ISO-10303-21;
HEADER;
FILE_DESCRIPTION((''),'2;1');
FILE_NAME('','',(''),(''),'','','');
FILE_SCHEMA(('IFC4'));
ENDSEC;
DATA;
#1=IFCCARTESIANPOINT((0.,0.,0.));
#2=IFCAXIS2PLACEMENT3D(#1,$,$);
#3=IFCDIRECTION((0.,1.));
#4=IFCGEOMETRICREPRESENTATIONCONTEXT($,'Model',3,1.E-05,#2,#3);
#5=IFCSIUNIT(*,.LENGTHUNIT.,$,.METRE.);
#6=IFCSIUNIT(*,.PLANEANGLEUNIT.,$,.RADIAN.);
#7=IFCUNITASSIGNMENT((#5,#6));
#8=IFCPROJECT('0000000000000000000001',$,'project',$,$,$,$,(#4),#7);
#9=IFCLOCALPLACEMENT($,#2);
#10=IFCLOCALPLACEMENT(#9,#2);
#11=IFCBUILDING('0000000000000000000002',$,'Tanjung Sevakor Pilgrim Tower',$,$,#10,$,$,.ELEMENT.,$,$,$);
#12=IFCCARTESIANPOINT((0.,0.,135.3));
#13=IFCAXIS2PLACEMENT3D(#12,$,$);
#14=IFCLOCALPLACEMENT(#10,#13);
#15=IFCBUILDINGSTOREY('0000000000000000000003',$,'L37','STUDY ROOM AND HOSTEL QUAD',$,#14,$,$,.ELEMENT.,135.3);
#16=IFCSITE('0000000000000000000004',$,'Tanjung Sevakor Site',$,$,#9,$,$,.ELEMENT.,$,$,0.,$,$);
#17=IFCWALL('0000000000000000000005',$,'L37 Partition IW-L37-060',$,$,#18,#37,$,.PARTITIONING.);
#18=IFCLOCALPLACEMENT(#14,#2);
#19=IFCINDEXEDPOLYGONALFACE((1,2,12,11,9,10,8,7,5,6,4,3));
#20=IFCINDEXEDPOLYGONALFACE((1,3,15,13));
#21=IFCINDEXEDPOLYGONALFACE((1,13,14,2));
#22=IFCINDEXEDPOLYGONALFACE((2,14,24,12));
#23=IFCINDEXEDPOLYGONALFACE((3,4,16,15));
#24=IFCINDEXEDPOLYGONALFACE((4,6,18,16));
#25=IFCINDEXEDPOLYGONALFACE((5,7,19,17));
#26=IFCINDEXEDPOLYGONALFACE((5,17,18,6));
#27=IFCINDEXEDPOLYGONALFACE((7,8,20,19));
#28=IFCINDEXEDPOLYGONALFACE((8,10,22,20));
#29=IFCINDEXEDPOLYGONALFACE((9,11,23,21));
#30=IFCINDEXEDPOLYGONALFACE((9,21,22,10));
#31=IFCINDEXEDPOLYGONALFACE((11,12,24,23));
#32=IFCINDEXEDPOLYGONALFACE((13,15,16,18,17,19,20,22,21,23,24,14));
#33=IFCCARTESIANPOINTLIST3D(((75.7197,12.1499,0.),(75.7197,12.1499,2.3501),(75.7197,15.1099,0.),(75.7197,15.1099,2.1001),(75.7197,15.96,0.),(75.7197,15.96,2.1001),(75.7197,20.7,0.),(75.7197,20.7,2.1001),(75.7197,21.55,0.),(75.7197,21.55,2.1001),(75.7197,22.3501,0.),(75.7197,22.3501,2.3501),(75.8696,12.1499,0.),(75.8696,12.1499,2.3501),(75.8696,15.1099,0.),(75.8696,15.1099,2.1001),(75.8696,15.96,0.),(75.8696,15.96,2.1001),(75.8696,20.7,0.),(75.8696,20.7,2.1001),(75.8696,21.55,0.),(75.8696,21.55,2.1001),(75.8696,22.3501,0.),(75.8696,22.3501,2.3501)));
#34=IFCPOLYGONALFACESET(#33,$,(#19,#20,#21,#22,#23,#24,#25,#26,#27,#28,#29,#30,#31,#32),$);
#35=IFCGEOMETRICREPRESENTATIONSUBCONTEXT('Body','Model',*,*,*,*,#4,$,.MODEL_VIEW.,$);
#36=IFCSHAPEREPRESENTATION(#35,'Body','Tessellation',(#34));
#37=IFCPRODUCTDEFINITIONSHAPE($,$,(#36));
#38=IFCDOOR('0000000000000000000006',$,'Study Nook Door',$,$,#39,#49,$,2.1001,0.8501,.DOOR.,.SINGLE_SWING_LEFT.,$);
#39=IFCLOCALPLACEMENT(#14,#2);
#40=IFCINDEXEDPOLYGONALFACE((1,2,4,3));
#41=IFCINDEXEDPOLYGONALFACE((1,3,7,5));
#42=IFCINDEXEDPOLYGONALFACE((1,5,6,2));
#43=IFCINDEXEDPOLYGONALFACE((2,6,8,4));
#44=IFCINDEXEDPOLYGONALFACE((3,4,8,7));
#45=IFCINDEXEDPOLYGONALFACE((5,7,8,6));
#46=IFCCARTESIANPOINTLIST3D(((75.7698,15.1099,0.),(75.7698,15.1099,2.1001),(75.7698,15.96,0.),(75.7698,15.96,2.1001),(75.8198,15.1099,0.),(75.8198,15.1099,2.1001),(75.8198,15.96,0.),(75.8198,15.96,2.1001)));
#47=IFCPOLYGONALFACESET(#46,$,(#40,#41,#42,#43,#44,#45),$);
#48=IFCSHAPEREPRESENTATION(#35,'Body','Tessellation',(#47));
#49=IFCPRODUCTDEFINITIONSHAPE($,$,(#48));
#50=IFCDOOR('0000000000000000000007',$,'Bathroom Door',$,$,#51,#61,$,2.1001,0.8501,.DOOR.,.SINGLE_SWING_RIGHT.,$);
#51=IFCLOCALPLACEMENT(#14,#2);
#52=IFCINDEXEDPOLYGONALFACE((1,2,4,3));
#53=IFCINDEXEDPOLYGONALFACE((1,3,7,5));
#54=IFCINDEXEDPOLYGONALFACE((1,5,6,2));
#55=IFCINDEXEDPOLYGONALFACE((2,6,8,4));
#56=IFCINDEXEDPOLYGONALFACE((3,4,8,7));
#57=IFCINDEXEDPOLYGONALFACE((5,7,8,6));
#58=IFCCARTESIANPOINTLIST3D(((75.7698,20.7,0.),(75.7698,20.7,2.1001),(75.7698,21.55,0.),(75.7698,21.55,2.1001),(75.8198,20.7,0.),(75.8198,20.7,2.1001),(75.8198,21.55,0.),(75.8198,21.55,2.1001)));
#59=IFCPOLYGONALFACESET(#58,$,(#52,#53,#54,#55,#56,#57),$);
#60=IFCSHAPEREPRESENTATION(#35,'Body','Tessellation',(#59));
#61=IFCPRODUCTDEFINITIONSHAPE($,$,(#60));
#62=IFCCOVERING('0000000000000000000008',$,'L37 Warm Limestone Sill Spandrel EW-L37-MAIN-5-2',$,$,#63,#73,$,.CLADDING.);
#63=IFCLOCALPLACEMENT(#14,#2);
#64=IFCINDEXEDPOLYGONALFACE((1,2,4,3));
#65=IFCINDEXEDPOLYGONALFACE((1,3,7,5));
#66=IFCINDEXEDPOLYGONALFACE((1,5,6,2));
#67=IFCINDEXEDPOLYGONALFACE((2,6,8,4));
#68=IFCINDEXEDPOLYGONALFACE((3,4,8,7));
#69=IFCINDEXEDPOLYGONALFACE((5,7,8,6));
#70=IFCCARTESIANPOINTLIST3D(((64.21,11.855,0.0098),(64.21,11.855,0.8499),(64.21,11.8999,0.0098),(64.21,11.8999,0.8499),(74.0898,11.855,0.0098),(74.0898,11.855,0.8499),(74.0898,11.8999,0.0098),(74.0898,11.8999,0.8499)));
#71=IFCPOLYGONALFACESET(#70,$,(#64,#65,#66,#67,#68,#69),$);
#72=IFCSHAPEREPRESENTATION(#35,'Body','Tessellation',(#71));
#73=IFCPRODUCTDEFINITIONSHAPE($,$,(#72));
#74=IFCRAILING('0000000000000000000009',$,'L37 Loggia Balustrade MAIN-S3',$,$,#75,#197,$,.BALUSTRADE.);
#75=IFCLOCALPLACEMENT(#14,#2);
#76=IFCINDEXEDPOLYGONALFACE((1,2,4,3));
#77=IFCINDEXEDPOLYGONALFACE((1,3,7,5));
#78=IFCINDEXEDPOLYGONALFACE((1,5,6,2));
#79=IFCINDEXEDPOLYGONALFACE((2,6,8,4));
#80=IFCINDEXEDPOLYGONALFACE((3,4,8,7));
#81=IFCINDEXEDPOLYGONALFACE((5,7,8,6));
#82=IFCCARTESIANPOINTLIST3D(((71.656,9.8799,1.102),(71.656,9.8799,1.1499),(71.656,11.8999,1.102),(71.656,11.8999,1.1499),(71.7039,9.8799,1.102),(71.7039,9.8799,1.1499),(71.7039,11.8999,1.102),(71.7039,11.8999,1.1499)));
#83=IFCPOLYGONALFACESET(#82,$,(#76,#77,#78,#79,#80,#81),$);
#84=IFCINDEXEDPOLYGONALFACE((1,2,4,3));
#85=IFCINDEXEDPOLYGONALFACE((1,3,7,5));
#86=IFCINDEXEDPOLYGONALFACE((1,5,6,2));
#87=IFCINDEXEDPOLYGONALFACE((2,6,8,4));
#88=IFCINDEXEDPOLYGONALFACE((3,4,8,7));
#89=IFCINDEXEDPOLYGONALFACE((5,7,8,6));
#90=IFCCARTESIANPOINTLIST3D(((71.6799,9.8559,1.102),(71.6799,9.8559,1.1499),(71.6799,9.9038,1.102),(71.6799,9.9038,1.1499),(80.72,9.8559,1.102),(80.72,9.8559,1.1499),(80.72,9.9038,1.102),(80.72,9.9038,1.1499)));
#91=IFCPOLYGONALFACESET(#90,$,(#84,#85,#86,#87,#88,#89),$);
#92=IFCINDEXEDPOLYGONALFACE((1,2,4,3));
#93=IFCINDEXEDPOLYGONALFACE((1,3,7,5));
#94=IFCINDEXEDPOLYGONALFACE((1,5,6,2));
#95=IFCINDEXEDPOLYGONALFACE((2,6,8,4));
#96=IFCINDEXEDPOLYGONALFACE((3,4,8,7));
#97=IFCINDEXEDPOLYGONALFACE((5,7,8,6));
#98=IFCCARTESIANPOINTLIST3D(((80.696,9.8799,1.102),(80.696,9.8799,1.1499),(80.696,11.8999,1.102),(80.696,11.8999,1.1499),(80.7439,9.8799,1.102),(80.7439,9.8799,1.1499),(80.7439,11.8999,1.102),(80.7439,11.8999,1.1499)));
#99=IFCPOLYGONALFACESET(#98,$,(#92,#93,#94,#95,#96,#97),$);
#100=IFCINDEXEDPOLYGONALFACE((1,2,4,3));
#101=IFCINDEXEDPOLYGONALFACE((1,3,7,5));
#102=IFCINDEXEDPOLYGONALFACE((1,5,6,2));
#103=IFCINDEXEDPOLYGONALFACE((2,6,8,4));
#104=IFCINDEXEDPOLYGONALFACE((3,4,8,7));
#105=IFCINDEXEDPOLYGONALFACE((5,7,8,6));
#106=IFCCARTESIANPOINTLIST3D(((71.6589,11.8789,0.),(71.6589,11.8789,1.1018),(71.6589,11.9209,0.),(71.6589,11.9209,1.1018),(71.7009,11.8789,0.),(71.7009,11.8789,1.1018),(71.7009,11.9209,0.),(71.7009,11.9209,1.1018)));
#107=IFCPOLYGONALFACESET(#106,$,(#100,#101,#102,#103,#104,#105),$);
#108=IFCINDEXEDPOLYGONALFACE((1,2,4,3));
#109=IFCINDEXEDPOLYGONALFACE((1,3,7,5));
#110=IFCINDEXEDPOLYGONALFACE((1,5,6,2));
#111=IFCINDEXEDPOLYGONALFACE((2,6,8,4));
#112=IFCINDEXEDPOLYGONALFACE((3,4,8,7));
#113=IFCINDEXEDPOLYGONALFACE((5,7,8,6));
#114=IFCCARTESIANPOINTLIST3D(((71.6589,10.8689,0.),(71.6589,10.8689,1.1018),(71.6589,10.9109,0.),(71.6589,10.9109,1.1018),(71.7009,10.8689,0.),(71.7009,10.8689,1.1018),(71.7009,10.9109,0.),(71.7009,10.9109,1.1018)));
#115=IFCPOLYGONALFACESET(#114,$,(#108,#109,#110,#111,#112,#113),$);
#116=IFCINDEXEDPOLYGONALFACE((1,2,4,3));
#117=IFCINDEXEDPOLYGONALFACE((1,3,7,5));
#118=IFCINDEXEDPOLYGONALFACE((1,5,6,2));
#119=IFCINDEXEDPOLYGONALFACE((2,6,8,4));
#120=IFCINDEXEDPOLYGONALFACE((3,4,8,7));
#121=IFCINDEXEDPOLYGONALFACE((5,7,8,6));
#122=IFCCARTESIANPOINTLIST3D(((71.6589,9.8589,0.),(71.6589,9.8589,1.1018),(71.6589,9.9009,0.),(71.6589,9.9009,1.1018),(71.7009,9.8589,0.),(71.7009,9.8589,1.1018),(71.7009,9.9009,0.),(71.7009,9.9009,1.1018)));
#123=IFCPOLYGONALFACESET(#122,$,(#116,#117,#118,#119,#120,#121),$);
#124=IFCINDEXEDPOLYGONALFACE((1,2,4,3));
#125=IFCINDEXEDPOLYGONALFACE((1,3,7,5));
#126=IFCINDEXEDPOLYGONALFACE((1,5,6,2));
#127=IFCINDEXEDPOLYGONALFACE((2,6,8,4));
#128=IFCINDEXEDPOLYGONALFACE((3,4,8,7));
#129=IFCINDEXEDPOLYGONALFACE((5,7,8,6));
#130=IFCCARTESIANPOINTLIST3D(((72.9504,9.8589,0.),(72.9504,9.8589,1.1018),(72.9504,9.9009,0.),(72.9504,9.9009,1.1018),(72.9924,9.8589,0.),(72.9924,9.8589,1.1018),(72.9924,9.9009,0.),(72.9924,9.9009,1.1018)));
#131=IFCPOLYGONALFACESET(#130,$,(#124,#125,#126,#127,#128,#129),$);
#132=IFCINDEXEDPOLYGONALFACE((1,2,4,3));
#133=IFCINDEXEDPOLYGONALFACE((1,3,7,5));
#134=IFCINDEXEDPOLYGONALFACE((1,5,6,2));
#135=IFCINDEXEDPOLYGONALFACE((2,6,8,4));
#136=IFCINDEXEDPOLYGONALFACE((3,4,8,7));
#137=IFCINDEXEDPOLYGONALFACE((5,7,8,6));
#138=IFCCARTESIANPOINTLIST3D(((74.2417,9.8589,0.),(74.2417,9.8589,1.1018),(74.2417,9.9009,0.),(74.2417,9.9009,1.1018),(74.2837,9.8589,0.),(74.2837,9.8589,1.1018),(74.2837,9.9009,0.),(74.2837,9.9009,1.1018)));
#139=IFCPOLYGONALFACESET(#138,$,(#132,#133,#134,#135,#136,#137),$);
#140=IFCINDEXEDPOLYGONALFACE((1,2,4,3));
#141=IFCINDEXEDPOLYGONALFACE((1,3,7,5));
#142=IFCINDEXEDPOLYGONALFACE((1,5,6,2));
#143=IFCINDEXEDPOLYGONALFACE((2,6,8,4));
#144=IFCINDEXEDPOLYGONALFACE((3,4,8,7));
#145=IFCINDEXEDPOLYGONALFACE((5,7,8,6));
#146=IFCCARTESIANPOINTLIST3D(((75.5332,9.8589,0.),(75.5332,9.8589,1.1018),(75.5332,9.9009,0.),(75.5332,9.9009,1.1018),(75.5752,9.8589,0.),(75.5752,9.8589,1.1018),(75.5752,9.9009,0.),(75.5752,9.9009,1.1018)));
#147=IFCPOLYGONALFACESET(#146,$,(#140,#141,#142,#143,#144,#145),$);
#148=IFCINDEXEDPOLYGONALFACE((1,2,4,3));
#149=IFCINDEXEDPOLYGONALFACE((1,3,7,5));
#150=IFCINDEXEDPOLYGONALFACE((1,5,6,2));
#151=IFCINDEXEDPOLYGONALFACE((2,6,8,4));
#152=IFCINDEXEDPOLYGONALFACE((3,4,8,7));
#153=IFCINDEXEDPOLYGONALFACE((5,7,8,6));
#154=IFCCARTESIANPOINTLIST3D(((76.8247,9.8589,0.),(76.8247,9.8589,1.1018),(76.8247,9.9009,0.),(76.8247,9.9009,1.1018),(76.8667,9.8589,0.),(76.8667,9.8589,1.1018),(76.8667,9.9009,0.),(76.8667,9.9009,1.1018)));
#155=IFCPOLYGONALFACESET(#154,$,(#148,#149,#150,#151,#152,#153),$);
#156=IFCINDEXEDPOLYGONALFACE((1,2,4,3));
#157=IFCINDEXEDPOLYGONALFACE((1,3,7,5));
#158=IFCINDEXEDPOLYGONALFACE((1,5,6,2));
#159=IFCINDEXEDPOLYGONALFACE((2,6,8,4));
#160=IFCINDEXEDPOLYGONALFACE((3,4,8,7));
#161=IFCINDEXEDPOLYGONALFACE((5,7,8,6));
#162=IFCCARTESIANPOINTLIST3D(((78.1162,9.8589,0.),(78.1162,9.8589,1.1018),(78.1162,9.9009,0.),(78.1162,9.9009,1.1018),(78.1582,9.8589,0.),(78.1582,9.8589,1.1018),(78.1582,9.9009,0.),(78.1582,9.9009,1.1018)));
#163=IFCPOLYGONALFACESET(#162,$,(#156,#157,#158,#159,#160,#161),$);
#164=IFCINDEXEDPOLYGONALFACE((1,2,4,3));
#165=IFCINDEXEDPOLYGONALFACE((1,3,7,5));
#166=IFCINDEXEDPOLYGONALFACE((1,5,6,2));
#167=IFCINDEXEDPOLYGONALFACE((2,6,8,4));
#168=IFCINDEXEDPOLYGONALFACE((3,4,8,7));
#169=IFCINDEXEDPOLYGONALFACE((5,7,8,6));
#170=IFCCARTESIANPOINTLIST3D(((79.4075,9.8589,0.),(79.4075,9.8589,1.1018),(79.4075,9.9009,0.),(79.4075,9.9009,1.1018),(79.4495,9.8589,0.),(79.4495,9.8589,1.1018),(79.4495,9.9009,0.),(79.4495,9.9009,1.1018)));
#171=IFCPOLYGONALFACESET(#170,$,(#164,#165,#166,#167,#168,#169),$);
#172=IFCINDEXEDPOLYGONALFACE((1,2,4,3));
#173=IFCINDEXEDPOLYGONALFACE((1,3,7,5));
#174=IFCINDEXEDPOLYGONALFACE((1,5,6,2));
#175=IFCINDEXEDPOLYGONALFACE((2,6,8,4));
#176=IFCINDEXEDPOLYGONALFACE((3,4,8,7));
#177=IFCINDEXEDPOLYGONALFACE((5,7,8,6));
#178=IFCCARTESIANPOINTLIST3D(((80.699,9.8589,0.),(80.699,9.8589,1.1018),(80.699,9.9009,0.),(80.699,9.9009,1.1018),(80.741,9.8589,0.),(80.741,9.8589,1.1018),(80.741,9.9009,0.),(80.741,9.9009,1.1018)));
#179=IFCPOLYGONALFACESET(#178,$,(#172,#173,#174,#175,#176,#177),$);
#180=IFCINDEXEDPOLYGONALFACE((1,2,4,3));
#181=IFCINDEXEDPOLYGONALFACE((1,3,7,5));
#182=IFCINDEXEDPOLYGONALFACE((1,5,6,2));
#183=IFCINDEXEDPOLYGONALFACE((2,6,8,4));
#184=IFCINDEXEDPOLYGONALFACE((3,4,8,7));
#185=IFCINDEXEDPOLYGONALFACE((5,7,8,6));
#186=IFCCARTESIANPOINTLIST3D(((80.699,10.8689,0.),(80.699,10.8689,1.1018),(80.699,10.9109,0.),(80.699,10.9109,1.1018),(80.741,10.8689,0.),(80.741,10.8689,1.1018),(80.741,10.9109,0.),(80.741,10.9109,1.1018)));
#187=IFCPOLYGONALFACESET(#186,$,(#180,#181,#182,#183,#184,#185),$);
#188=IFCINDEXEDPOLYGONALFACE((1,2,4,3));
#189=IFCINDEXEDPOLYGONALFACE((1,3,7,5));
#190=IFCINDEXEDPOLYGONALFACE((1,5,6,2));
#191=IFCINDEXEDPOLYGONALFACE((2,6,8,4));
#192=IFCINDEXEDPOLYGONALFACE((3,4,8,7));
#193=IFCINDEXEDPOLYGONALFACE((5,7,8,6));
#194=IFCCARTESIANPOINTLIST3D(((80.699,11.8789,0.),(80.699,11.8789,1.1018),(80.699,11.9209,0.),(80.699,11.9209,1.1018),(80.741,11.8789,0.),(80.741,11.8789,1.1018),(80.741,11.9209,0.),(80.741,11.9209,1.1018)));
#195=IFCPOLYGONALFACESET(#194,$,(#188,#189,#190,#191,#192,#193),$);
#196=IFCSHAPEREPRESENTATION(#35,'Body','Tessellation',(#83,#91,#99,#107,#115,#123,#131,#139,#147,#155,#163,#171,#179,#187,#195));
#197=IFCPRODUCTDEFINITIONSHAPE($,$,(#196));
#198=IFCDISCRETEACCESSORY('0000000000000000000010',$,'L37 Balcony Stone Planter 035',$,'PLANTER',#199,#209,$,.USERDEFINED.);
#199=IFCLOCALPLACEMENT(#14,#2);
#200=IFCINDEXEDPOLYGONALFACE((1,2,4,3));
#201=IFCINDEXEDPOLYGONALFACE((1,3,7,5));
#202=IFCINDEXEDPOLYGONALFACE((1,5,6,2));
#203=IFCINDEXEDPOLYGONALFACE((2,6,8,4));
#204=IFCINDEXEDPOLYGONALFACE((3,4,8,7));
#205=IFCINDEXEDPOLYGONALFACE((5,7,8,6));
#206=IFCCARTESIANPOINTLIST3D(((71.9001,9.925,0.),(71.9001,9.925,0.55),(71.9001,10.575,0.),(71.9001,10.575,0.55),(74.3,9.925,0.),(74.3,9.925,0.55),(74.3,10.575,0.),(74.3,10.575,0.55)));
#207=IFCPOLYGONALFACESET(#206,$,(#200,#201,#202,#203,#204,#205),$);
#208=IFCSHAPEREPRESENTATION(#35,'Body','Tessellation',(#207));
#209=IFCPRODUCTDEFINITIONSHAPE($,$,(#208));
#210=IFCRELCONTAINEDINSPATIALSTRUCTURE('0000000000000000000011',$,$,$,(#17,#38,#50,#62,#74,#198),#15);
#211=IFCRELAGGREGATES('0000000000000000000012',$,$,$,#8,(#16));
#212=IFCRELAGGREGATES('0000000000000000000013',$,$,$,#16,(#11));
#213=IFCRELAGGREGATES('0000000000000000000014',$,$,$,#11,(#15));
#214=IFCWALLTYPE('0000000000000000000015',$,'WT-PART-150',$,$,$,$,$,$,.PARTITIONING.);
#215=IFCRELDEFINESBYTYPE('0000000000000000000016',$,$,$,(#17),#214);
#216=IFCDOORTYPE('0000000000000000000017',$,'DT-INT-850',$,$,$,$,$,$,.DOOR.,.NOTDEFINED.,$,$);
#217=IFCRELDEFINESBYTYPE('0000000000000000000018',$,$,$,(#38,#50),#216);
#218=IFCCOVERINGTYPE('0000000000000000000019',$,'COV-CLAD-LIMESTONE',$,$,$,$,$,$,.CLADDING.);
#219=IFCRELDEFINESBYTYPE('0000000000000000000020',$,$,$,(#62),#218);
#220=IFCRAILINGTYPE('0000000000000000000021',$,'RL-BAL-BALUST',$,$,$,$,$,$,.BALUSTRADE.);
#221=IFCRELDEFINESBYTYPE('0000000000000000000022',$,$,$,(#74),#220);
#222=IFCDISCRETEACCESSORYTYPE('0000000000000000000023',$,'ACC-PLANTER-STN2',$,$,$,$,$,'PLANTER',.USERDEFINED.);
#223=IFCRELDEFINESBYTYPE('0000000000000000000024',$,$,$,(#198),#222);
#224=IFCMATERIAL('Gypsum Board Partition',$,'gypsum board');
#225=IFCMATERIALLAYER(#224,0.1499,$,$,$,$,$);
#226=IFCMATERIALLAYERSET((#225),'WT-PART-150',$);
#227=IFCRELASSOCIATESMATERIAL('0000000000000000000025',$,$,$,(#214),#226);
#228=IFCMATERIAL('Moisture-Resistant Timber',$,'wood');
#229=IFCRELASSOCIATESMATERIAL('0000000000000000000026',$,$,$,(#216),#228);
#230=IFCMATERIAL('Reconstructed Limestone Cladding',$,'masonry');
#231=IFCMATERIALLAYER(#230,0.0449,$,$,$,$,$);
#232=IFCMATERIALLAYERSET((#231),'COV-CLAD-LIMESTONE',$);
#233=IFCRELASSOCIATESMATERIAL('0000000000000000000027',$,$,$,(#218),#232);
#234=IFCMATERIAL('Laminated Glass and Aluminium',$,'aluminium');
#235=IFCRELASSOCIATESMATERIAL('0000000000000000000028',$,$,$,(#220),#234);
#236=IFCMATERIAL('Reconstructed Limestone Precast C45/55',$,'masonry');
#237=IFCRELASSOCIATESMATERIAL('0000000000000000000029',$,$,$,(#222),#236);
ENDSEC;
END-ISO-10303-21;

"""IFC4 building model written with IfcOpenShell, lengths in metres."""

from ifc_helpers import new_model, si_unit, direction, frame, frame_2d, origin, origin_2d, place, context, subcontext, project, spatial, rectangle, extrude, material, layer, layer_set, type_object, element, fill, save


model = new_model("IFC4")

# Units and contexts
model_context = context("Model", 3, precision=1e-05, world=origin(), true_north=direction((0.0, 1.0)))
body_context = subcontext(model_context, "Body", "Model", "MODEL_VIEW")
ifc_project = project(units=[si_unit("LENGTHUNIT", "METRE"), si_unit("PLANEANGLEUNIT", "RADIAN")], contexts=[model_context])

# Site, building, storey
site_placement = place(None, origin())
site = spatial("IfcSite", under=ifc_project, at=site_placement, Name="Tanjung Sevakor Site", CompositionType="ELEMENT", RefElevation=0.0)
building_placement = place(site_placement, origin())
building = spatial("IfcBuilding", under=site, at=building_placement, Name="Tanjung Sevakor Pilgrim Tower", CompositionType="ELEMENT")
storey_placement = place(building_placement, frame((0.0, 0.0, 135.3)))
storey = spatial("IfcBuildingStorey", under=building, at=storey_placement, Name="L37", Description="STUDY ROOM AND HOSTEL QUAD", CompositionType="ELEMENT", Elevation=135.3)

# Shared definitions
ifc_material_1 = material(Name="Gypsum Board Partition", Category="gypsum board")
ifc_layer_1 = layer(ifc_material_1, 0.1499)
ifc_layer_set_1 = layer_set([ifc_layer_1], Name="WT-PART-150")
wall_type_1 = type_object("IfcWallType", Name="WT-PART-150", PredefinedType="PARTITIONING", material=ifc_layer_set_1)

# Shared definitions
ifc_material_2 = material(Name="Moisture-Resistant Timber", Category="wood")
door_type_1 = type_object("IfcDoorType", Name="DT-INT-850", OperationType="NOTDEFINED", PredefinedType="DOOR", material=ifc_material_2)

# Wall, openings, doors
wall_1_placement = place(storey_placement, frame((75.7947, 12.1499, 0.0), z_axis=(0.0, 0.0, 1.0), x_axis=(0.0, 1.0, 0.0)))
wall_1 = element("IfcWall", 1, at=wall_1_placement, inside=storey, type_object=wall_type_1, Name="L37 Partition IW-L37-060", PredefinedType="PARTITIONING", context=body_context, shape_type="SweptSolid", body=[
    extrude(rectangle(XDim=10.2002, YDim=0.1499, at=frame_2d((5.1001, 0.0))), origin(), (0.0, 0.0, 1.0), 2.3501),
])
opening_1_placement = place(wall_1_placement, frame((2.96, 0.0, 0.0)))
opening_1 = element("IfcOpeningElement", 2, at=opening_1_placement, cuts=wall_1, PredefinedType="OPENING", context=body_context, shape_type="SweptSolid", body=[
    extrude(rectangle(XDim=0.8501, YDim=2.1001, at=frame_2d((0.425, 1.05))), frame((0.0, 0.085, 0.0), z_axis=(0.0, -1.0, 0.0), x_axis=(1.0, 0.0, 0.0)), (0.0, 0.0, 1.0), 0.1699),
])
opening_2_placement = place(wall_1_placement, frame((8.55, 0.0, 0.0)))
opening_2 = element("IfcOpeningElement", 3, at=opening_2_placement, cuts=wall_1, PredefinedType="OPENING", context=body_context, shape_type="SweptSolid", body=[
    extrude(rectangle(XDim=0.8501, YDim=2.1001, at=frame_2d((0.425, 1.05))), frame((0.0, 0.085, 0.0), z_axis=(0.0, -1.0, 0.0), x_axis=(1.0, 0.0, 0.0)), (0.0, 0.0, 1.0), 0.1699),
])
door_1_placement = place(opening_1_placement, origin())
door_1 = element("IfcDoor", 4, at=door_1_placement, inside=storey, type_object=door_type_1, Name="Study Nook Door", OperationType="SINGLE_SWING_LEFT", OverallHeight=2.1001, OverallWidth=0.8501, PredefinedType="DOOR", context=body_context, shape_type="SweptSolid", body=[
    extrude(rectangle(XDim=0.8501, YDim=2.1001, at=frame_2d((0.425, 1.05))), frame((0.0, 0.0249, 0.0), z_axis=(0.0, -1.0, 0.0), x_axis=(1.0, 0.0, 0.0)), (0.0, 0.0, 1.0), 0.05),
])
fill(opening_1, door_1)
door_2_placement = place(opening_2_placement, origin())
door_2 = element("IfcDoor", 5, at=door_2_placement, inside=storey, type_object=door_type_1, Name="Bathroom Door", OperationType="SINGLE_SWING_RIGHT", OverallHeight=2.1001, OverallWidth=0.8501, PredefinedType="DOOR", context=body_context, shape_type="SweptSolid", body=[
    extrude(rectangle(XDim=0.8501, YDim=2.1001, at=frame_2d((0.425, 1.05))), frame((0.0, 0.0249, 0.0), z_axis=(0.0, -1.0, 0.0), x_axis=(1.0, 0.0, 0.0)), (0.0, 0.0, 1.0), 0.05),
])
fill(opening_2, door_2)

# Covering
ifc_material_3 = material(Name="Reconstructed Limestone Cladding", Category="masonry")
ifc_layer_2 = layer(ifc_material_3, 0.0449)
ifc_layer_set_2 = layer_set([ifc_layer_2], Name="COV-CLAD-LIMESTONE")
covering_type = type_object("IfcCoveringType", Name="COV-CLAD-LIMESTONE", PredefinedType="CLADDING", material=ifc_layer_set_2)
covering_placement = place(storey_placement, frame((69.1499, 11.8774, 0.0098), z_axis=(0.0, 0.0, 1.0), x_axis=(1.0, 0.0, 0.0)))
element("IfcCovering", 6, at=covering_placement, inside=storey, type_object=covering_type, Name="L37 Warm Limestone Sill Spandrel EW-L37-MAIN-5-2", PredefinedType="CLADDING", context=body_context, shape_type="SweptSolid", body=[
    extrude(rectangle(XDim=9.8799, YDim=0.0449, at=origin_2d()), origin(), (0.0, 0.0, 1.0), 0.8401),
])

# Railing
ifc_material_4 = material(Name="Laminated Glass and Aluminium", Category="aluminium")
railing_type = type_object("IfcRailingType", Name="RL-BAL-BALUST", PredefinedType="BALUSTRADE", material=ifc_material_4)
railing_placement = place(storey_placement, frame((71.6799, 11.8999, 0.0)))
element("IfcRailing", 7, at=railing_placement, inside=storey, type_object=railing_type, Name="L37 Loggia Balustrade MAIN-S3", PredefinedType="BALUSTRADE", context=body_context, shape_type="SweptSolid", body=[
    extrude(rectangle(XDim=0.0479, YDim=0.0479), frame((0.0, 0.0, 1.126), z_axis=(0.0, -1.0, 0.0), x_axis=(1.0, 0.0, 0.0)), (0.0, 0.0, 1.0), 2.02),
    extrude(rectangle(XDim=0.0479, YDim=0.0479), frame((0.0, -2.02, 1.126), z_axis=(1.0, 0.0, 0.0), x_axis=(0.0, 1.0, 0.0)), (0.0, 0.0, 1.0), 9.04),
    extrude(rectangle(XDim=0.0479, YDim=0.0479), frame((9.04, -2.02, 1.126), z_axis=(0.0, 1.0, 0.0), x_axis=(-1.0, 0.0, 0.0)), (0.0, 0.0, 1.0), 2.02),
    extrude(rectangle(XDim=0.042, YDim=0.042), origin(), (0.0, 0.0, 1.0), 1.1018),
    extrude(rectangle(XDim=0.042, YDim=0.042), frame((0.0, -1.01, 0.0)), (0.0, 0.0, 1.0), 1.1018),
    extrude(rectangle(XDim=0.042, YDim=0.042), frame((0.0, -2.02, 0.0)), (0.0, 0.0, 1.0), 1.1018),
    extrude(rectangle(XDim=0.042, YDim=0.042), frame((1.2915, -2.02, 0.0)), (0.0, 0.0, 1.0), 1.1018),
    extrude(rectangle(XDim=0.042, YDim=0.042), frame((2.5828, -2.02, 0.0)), (0.0, 0.0, 1.0), 1.1018),
    extrude(rectangle(XDim=0.042, YDim=0.042), frame((3.8743, -2.02, 0.0)), (0.0, 0.0, 1.0), 1.1018),
    extrude(rectangle(XDim=0.042, YDim=0.042), frame((5.1658, -2.02, 0.0)), (0.0, 0.0, 1.0), 1.1018),
    extrude(rectangle(XDim=0.042, YDim=0.042), frame((6.4573, -2.02, 0.0)), (0.0, 0.0, 1.0), 1.1018),
    extrude(rectangle(XDim=0.042, YDim=0.042), frame((7.7485, -2.02, 0.0)), (0.0, 0.0, 1.0), 1.1018),
    extrude(rectangle(XDim=0.042, YDim=0.042), frame((9.04, -2.02, 0.0)), (0.0, 0.0, 1.0), 1.1018),
    extrude(rectangle(XDim=0.042, YDim=0.042), frame((9.04, -1.01, 0.0)), (0.0, 0.0, 1.0), 1.1018),
    extrude(rectangle(XDim=0.042, YDim=0.042), frame((9.04, 0.0, 0.0)), (0.0, 0.0, 1.0), 1.1018),
])

# Discrete accessory
ifc_material_5 = material(Name="Reconstructed Limestone Precast C45/55", Category="masonry")
discrete_accessory_type = type_object("IfcDiscreteAccessoryType", Name="ACC-PLANTER-STN2", ElementType="PLANTER", PredefinedType="USERDEFINED", material=ifc_material_5)
discrete_accessory_placement = place(storey_placement, frame((73.1001, 10.25, 0.0), z_axis=(0.0, 0.0, 1.0), x_axis=(1.0, 0.0, 0.0)))
element("IfcDiscreteAccessory", 8, at=discrete_accessory_placement, inside=storey, type_object=discrete_accessory_type, Name="L37 Balcony Stone Planter 035", ObjectType="PLANTER", PredefinedType="USERDEFINED", context=body_context, shape_type="SweptSolid", body=[
    extrude(rectangle(XDim=2.3999, YDim=0.6499, at=origin_2d()), origin(), (0.0, 0.0, 1.0), 0.55),
])

save(model, "model.ifc")
